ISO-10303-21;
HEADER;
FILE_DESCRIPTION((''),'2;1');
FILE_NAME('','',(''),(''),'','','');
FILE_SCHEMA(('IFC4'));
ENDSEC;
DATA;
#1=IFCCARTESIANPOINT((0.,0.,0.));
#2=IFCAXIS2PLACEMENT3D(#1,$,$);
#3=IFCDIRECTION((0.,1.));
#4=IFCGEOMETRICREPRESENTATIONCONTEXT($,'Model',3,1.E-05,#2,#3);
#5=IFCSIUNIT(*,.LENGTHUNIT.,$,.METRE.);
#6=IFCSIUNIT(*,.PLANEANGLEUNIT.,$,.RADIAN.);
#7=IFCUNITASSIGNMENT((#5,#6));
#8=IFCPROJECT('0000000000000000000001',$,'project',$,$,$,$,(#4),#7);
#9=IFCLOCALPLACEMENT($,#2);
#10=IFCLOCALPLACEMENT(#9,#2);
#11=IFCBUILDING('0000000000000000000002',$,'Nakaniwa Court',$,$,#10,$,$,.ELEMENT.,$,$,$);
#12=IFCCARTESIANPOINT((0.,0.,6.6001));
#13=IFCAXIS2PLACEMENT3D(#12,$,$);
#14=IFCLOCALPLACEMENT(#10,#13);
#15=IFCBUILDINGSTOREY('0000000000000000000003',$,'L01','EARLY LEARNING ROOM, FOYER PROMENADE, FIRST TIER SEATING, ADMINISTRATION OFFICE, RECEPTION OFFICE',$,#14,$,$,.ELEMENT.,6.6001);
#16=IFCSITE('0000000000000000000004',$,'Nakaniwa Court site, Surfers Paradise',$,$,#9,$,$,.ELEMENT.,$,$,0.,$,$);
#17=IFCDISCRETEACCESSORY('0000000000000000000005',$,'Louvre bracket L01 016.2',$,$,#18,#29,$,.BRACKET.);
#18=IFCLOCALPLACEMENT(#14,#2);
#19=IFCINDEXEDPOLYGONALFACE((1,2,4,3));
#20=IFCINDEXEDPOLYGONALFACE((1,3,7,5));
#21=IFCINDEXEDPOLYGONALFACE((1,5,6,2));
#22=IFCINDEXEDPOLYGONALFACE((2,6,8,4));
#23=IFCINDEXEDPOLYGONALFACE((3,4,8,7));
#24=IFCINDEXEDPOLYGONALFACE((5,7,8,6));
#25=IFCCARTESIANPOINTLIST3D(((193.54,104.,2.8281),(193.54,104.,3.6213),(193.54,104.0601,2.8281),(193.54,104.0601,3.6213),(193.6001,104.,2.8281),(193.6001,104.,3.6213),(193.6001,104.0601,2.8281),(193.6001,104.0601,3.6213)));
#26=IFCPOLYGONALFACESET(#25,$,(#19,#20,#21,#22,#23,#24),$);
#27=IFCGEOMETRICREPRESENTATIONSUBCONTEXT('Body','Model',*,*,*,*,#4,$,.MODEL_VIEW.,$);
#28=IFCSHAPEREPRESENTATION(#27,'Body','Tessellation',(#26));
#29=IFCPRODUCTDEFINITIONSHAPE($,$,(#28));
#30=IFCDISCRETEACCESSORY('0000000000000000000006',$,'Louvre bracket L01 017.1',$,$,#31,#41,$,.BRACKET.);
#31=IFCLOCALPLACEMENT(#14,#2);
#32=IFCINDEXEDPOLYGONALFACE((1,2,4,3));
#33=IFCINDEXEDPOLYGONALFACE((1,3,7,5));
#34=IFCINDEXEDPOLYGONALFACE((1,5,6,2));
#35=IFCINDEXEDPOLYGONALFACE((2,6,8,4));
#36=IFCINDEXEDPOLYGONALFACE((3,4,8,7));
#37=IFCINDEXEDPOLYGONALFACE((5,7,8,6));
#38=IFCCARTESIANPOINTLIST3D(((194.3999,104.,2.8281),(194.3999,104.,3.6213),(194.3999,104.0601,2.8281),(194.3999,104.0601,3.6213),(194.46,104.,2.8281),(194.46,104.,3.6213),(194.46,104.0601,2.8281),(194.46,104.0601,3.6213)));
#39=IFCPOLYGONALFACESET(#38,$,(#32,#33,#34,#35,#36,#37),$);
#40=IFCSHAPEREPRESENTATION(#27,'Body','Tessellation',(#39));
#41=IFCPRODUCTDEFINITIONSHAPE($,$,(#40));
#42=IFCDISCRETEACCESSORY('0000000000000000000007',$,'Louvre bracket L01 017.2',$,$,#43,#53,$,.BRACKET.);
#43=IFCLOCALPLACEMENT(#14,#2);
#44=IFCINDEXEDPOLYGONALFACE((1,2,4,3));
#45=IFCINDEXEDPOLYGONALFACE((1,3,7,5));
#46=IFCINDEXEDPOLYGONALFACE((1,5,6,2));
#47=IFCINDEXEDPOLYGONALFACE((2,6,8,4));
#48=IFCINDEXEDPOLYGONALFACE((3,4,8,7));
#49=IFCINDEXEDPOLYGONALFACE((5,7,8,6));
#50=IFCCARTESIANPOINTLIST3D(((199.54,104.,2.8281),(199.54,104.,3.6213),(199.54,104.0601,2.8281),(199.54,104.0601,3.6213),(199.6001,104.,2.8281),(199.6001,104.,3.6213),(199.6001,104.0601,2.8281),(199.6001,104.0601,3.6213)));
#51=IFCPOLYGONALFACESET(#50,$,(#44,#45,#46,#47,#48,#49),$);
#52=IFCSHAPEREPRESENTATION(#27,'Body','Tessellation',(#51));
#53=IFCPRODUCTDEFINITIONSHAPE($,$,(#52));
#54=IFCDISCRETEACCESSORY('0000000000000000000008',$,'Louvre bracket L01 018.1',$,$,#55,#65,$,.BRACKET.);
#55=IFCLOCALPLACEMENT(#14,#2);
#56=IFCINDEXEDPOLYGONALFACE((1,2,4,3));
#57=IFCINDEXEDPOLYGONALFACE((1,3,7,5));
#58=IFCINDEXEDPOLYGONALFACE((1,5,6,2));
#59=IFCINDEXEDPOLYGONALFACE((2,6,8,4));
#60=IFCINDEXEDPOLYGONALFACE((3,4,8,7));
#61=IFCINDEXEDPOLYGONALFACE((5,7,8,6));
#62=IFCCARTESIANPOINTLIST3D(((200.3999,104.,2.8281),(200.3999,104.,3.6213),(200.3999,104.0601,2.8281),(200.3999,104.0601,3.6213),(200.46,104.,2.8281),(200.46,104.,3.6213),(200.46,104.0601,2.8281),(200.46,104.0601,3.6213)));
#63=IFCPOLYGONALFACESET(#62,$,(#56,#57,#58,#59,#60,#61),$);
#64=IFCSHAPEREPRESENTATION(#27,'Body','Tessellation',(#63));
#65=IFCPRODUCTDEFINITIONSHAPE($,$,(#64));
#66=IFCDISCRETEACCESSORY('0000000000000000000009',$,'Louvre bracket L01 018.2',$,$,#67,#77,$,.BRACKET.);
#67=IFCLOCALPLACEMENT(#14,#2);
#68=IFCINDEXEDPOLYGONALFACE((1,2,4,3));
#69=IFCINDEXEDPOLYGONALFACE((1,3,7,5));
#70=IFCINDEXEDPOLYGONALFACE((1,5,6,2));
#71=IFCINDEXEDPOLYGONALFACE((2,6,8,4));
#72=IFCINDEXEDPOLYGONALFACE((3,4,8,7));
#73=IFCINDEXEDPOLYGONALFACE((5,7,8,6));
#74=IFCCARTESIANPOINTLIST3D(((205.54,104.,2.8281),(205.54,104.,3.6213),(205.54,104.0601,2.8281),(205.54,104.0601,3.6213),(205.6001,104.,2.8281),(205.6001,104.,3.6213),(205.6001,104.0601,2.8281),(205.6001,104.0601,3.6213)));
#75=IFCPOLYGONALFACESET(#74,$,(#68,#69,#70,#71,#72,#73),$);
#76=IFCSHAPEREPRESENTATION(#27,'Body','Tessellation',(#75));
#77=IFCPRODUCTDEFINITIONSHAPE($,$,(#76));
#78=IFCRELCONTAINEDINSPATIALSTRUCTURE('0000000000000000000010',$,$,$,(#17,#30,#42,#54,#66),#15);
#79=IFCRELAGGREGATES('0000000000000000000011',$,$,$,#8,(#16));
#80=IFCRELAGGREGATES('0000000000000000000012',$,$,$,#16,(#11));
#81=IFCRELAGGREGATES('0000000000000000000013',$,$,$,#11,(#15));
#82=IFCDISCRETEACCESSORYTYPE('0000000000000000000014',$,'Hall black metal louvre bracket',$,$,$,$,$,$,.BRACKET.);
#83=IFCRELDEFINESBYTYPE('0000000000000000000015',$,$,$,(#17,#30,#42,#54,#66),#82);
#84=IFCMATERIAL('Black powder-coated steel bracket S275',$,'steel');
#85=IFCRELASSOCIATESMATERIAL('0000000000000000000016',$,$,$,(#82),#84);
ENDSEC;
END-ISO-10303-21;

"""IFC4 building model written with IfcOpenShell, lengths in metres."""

from ifc_helpers import new_model, si_unit, direction, frame, origin, origin_2d, place, context, subcontext, project, spatial, rectangle, extrude, material, type_object, element, save


model = new_model("IFC4")

# Units and contexts
model_context = context("Model", 3, precision=1e-05, world=origin(), true_north=direction((0.0, 1.0)))
body_context = subcontext(model_context, "Body", "Model", "MODEL_VIEW")
ifc_project = project(units=[si_unit("LENGTHUNIT", "METRE"), si_unit("PLANEANGLEUNIT", "RADIAN")], contexts=[model_context])

# Site, building, storey
site_placement = place(None, origin())
site = spatial("IfcSite", under=ifc_project, at=site_placement, Name="Nakaniwa Court site, Surfers Paradise", CompositionType="ELEMENT", RefElevation=0.0)
building_placement = place(site_placement, origin())
building = spatial("IfcBuilding", under=site, at=building_placement, Name="Nakaniwa Court", CompositionType="ELEMENT")
storey_placement = place(building_placement, frame((0.0, 0.0, 6.6001)))
storey = spatial("IfcBuildingStorey", under=building, at=storey_placement, Name="L01", Description="EARLY LEARNING ROOM, FOYER PROMENADE, FIRST TIER SEATING, ADMINISTRATION OFFICE, RECEPTION OFFICE", CompositionType="ELEMENT", Elevation=6.6001)

# Discrete accessories
ifc_material_1 = material(Name="Black powder-coated steel bracket S275", Category="steel")
discrete_accessory_type = type_object("IfcDiscreteAccessoryType", Name="Hall black metal louvre bracket", PredefinedType="BRACKET", material=ifc_material_1)
for number, where, z_axis, x_axis, name in (
    (1, (193.5701, 104.03, 2.8281), (0.0, 0.0, 1.0), (1.0, 0.0, 0.0), "Louvre bracket L01 016.2"),
    (2, (194.4299, 104.03, 2.8281), (0.0, 0.0, 1.0), (1.0, 0.0, 0.0), "Louvre bracket L01 017.1"),
    (3, (199.5701, 104.03, 2.8281), (0.0, 0.0, 1.0), (1.0, 0.0, 0.0), "Louvre bracket L01 017.2"),
    (4, (200.4299, 104.03, 2.8281), (0.0, 0.0, 1.0), (1.0, 0.0, 0.0), "Louvre bracket L01 018.1"),
    (5, (205.5701, 104.03, 2.8281), (0.0, 0.0, 1.0), (1.0, 0.0, 0.0), "Louvre bracket L01 018.2"),
):
    element("IfcDiscreteAccessory", number, at=place(storey_placement, frame(where, z_axis=z_axis, x_axis=x_axis)), inside=storey, type_object=discrete_accessory_type, Name=name, PredefinedType="BRACKET", context=body_context, shape_type="SweptSolid", body=[
        extrude(rectangle(XDim=0.0601, YDim=0.0601, at=origin_2d()), origin(), (0.0, 0.0, 1.0), 0.7932),
    ])

save(model, "model.ifc")
